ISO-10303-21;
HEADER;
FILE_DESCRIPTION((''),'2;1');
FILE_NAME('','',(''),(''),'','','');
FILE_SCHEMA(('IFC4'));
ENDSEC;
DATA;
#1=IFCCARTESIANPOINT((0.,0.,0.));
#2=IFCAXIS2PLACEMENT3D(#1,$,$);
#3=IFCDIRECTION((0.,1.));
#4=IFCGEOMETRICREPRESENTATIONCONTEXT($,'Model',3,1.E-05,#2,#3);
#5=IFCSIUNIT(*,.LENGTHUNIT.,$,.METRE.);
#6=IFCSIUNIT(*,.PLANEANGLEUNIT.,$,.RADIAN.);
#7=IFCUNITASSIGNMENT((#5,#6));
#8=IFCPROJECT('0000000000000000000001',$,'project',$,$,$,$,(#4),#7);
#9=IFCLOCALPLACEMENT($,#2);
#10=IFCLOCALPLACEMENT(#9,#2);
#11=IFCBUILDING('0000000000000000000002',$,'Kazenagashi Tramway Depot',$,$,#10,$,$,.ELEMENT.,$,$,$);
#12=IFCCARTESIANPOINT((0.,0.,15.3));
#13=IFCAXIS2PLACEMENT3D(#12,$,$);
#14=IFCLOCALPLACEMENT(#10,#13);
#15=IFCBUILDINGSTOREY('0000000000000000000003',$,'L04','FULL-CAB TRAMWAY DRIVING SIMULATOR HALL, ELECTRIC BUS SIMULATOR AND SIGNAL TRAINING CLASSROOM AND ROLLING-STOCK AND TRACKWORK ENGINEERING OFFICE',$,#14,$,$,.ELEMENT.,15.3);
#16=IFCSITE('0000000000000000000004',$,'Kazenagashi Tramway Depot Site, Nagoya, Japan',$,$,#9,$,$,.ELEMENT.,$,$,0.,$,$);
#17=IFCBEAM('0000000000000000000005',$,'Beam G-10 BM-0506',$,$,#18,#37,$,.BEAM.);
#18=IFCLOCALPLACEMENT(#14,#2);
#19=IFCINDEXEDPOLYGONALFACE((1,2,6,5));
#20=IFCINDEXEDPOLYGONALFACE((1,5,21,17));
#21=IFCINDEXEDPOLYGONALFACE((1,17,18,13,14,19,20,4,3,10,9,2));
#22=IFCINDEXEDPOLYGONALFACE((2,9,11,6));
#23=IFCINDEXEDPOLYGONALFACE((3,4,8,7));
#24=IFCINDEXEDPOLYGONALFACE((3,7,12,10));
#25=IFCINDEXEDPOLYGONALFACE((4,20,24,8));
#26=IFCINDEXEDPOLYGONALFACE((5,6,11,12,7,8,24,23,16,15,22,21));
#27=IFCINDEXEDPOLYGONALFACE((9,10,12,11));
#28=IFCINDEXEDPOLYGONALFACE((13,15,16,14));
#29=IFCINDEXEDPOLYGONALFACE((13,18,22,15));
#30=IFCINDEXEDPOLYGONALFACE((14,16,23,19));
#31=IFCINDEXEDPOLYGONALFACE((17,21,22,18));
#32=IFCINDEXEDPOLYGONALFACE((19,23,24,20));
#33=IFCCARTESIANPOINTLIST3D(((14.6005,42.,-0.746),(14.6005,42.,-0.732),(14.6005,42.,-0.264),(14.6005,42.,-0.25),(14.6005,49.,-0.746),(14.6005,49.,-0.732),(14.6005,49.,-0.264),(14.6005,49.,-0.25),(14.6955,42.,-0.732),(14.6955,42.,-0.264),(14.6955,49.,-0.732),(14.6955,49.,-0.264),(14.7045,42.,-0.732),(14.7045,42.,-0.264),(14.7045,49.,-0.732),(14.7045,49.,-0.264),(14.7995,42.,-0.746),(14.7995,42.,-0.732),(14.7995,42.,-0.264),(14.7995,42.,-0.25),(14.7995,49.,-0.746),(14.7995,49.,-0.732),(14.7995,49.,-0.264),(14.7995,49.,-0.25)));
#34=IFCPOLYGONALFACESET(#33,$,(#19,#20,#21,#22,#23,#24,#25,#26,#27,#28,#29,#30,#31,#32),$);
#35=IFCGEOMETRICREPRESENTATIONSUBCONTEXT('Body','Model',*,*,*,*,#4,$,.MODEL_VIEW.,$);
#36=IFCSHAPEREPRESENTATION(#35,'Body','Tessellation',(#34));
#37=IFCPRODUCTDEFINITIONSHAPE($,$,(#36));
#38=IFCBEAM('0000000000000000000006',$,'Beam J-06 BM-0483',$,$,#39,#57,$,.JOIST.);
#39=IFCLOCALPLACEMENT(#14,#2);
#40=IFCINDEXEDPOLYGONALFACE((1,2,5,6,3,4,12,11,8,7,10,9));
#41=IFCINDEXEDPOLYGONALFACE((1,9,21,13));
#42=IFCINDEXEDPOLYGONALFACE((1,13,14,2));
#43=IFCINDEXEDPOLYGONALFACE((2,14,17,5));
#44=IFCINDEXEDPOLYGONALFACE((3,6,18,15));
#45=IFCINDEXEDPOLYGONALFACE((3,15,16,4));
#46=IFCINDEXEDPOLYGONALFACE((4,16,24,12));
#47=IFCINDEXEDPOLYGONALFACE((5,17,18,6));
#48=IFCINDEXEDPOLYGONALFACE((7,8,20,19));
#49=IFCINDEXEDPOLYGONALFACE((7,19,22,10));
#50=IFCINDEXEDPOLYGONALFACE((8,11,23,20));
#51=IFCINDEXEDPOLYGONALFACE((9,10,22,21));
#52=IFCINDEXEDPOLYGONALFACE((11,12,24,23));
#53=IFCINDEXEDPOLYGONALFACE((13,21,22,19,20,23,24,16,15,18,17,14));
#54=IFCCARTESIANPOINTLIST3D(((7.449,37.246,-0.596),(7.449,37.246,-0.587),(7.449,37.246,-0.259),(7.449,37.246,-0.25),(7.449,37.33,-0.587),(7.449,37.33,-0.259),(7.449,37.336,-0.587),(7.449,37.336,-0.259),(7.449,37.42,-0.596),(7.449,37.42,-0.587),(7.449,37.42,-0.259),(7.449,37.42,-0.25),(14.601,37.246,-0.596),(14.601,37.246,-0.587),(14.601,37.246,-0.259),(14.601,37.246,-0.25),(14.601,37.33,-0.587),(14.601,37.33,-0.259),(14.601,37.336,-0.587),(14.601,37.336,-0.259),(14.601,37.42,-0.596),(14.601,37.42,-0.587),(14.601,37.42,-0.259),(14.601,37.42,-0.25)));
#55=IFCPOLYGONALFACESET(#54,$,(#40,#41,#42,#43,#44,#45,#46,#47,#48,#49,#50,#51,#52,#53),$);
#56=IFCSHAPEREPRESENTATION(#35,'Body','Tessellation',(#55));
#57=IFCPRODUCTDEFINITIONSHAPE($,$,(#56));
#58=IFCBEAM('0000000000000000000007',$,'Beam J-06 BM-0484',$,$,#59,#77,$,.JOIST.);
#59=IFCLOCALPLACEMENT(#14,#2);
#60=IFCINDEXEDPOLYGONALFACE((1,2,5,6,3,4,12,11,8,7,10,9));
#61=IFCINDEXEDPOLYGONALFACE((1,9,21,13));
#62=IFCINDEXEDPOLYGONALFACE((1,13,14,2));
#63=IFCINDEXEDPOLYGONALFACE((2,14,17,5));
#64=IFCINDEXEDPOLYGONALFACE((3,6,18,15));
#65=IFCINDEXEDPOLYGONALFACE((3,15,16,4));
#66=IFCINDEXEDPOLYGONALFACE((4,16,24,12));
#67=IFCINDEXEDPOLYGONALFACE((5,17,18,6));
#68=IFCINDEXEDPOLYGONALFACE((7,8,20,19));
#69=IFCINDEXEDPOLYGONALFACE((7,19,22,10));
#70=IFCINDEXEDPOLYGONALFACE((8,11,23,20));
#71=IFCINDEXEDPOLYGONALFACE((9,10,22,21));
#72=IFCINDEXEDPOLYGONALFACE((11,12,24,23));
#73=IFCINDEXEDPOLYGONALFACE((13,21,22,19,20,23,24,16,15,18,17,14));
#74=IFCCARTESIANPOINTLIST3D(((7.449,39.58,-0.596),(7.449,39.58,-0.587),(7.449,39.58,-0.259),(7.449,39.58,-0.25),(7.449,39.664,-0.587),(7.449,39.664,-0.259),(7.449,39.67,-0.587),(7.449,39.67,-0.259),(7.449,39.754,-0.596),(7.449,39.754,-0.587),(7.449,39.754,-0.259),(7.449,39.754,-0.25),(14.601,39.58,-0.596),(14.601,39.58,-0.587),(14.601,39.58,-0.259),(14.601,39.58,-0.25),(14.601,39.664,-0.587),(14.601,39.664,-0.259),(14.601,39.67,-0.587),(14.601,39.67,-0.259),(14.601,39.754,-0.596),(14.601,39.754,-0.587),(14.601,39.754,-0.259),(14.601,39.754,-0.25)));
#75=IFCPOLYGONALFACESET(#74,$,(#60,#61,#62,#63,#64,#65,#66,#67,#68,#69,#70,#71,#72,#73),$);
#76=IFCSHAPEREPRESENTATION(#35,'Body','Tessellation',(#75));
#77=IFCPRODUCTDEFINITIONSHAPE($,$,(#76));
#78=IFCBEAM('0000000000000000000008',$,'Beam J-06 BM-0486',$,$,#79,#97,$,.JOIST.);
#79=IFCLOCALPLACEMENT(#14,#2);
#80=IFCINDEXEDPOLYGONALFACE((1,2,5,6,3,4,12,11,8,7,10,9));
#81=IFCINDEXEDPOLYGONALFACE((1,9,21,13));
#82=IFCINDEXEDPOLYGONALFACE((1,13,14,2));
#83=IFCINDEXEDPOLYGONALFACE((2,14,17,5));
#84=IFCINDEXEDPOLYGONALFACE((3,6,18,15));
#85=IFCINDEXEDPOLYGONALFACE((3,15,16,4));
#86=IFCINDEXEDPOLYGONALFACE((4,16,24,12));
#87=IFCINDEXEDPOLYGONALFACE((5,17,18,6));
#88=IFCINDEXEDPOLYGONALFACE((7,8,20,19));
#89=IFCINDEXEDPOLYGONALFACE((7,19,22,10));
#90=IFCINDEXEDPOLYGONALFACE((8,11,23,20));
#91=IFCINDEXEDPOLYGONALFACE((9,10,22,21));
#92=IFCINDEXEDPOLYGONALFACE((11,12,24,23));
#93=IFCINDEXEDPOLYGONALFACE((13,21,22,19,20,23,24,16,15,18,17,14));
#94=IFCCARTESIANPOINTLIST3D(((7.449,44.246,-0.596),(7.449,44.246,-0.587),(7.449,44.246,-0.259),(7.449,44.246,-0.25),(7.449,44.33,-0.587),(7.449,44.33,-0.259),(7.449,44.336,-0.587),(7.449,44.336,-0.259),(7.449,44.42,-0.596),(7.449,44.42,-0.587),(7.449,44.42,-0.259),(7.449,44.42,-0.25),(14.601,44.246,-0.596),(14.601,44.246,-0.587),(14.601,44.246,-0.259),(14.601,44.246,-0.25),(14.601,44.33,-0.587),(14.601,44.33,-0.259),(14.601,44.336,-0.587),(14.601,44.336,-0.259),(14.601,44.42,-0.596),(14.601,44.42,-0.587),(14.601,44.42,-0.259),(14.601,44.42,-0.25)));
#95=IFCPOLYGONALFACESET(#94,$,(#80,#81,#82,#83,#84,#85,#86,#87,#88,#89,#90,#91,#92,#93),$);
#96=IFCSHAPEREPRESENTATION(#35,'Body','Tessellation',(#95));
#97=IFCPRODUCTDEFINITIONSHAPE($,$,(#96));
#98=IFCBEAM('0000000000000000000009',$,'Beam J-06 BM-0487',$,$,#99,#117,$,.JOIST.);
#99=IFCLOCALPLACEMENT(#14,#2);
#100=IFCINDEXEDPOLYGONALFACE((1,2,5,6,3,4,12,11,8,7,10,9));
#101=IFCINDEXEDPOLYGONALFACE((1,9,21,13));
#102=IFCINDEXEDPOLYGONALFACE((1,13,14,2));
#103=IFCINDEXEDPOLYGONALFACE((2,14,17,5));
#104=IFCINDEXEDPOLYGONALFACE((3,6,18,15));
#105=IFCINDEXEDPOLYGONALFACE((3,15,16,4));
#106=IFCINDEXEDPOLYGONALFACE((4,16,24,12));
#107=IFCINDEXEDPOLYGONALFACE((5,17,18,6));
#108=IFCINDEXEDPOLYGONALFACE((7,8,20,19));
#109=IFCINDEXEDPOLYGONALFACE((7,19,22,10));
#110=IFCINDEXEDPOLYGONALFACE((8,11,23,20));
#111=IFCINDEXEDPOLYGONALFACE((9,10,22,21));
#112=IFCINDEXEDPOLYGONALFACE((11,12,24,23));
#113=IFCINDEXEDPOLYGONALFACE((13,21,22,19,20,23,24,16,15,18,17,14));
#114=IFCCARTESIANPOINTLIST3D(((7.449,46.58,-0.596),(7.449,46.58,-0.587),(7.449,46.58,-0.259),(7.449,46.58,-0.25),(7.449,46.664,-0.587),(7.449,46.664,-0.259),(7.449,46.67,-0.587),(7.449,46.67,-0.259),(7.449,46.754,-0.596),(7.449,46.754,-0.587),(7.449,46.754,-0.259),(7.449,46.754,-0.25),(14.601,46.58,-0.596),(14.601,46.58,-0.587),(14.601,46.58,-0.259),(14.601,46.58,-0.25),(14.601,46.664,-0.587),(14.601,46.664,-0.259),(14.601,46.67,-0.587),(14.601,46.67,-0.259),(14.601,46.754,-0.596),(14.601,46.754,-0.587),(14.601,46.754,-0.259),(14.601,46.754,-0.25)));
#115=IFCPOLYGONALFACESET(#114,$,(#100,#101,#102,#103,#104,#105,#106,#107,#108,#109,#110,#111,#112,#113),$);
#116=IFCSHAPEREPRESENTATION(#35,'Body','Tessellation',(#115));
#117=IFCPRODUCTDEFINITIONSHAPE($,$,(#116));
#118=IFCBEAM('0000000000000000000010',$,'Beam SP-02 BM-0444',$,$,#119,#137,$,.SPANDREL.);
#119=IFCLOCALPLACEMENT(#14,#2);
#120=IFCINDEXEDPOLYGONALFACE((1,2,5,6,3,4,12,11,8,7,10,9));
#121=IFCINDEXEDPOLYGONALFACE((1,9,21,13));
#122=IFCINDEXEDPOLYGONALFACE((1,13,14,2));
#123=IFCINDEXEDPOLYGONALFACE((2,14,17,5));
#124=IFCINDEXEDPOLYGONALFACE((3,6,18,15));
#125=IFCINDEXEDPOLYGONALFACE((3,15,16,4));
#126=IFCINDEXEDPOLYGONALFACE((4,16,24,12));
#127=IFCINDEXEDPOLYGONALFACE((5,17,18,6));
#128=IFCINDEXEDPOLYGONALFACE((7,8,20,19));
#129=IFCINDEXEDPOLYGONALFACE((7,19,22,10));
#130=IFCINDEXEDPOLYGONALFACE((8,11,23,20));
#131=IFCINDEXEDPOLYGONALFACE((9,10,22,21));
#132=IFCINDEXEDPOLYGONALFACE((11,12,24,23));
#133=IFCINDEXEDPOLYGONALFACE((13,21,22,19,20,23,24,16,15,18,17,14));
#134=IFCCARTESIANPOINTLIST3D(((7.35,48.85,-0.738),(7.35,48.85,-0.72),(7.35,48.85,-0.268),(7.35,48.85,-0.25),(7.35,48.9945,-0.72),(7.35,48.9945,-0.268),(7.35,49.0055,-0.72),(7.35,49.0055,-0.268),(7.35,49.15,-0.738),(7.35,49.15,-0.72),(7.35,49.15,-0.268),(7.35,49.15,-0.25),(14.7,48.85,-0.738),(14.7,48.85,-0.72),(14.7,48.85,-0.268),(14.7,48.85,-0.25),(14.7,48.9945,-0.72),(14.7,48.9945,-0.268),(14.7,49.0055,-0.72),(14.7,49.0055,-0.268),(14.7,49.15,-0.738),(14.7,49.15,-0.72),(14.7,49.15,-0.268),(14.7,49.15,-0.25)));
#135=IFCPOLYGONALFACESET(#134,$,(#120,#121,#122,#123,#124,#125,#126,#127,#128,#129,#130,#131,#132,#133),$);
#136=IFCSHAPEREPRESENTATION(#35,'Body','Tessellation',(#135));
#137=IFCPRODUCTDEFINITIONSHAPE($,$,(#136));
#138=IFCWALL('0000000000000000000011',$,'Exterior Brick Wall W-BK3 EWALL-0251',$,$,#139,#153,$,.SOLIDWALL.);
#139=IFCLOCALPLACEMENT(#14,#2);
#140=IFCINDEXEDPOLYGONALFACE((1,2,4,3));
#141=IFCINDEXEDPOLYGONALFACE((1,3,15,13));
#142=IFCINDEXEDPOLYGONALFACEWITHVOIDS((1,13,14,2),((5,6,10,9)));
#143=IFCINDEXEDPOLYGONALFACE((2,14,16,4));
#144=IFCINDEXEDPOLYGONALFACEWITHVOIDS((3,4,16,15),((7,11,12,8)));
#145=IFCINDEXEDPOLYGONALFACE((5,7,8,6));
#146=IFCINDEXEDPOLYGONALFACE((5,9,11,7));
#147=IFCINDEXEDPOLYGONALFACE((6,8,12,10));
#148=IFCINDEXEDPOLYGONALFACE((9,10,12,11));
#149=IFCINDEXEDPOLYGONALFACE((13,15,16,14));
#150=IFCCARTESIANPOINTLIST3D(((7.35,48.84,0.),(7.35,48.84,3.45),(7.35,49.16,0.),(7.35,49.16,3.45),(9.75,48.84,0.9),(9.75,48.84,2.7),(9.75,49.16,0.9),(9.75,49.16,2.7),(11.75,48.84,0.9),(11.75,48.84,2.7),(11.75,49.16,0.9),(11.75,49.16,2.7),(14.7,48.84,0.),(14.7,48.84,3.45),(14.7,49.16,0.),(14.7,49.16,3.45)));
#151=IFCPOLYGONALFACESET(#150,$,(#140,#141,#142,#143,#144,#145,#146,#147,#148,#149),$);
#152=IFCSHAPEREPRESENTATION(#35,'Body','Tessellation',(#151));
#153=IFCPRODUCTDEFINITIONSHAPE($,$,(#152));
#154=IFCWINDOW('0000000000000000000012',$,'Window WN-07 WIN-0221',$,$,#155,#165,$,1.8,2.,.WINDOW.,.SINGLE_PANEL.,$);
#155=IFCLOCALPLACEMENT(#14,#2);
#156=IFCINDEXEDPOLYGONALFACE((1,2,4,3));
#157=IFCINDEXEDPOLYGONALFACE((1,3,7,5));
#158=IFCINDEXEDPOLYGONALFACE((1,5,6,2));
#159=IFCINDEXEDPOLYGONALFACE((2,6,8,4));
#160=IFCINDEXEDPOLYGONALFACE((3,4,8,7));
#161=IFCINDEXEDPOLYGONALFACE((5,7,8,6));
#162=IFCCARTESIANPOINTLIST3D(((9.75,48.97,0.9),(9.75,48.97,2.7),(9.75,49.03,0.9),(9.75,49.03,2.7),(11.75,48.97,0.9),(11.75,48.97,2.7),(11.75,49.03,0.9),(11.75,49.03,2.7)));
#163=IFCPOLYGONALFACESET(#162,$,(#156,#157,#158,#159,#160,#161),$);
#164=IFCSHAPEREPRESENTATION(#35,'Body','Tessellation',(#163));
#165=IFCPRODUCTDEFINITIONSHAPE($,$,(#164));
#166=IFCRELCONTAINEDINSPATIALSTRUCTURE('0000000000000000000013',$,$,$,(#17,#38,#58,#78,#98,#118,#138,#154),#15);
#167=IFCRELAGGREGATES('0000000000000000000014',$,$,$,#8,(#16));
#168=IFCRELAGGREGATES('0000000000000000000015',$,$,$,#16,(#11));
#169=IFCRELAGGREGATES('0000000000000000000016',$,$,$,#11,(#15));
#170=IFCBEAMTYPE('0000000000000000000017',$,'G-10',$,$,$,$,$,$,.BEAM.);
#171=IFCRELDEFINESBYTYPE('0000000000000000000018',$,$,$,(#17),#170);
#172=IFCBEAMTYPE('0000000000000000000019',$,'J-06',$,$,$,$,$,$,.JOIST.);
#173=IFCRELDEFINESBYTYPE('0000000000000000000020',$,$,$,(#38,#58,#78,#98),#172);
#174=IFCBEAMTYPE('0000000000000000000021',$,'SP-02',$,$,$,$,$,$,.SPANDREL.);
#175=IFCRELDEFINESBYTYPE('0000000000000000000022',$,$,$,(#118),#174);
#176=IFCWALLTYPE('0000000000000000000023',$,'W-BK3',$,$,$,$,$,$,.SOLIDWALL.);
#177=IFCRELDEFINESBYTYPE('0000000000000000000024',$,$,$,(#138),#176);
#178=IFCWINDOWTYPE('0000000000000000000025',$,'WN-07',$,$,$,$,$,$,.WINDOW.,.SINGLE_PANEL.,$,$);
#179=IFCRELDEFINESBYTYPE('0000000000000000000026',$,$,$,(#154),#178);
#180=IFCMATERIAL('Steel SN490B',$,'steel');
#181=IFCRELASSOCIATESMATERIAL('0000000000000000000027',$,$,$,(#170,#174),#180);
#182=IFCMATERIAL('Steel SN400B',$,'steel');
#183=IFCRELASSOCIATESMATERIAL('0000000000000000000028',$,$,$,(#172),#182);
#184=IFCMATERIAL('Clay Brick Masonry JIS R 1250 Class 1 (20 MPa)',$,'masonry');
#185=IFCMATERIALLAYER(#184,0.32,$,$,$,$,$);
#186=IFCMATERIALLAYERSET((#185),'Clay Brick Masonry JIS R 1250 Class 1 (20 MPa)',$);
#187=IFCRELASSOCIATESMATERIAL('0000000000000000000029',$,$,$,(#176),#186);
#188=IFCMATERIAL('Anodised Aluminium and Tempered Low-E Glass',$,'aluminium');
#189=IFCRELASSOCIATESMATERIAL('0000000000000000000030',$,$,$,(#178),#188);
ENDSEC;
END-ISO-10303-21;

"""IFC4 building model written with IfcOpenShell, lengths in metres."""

from ifc_helpers import new_model, si_unit, direction, frame, frame_2d, origin, origin_2d, place, context, subcontext, project, spatial, rectangle, i_section, extrude, material, layer, layer_set, material_profile, profile_set, type_object, element, fill, save


model = new_model("IFC4")

# Units and contexts
model_context = context("Model", 3, precision=1e-05, world=origin(), true_north=direction((0.0, 1.0)))
body_context = subcontext(model_context, "Body", "Model", "MODEL_VIEW")
ifc_project = project(units=[si_unit("LENGTHUNIT", "METRE"), si_unit("PLANEANGLEUNIT", "RADIAN")], contexts=[model_context])

# Site, building, storey
site_placement = place(None, origin())
site = spatial("IfcSite", under=ifc_project, at=site_placement, Name="Kazenagashi Tramway Depot Site, Nagoya, Japan", CompositionType="ELEMENT", RefElevation=0.0)
building_placement = place(site_placement, origin())
building = spatial("IfcBuilding", under=site, at=building_placement, Name="Kazenagashi Tramway Depot", CompositionType="ELEMENT")
storey_placement = place(building_placement, frame((0.0, 0.0, 15.3)))
storey = spatial("IfcBuildingStorey", under=building, at=storey_placement, Name="L04", Description="FULL-CAB TRAMWAY DRIVING SIMULATOR HALL, ELECTRIC BUS SIMULATOR AND SIGNAL TRAINING CLASSROOM AND ROLLING-STOCK AND TRACKWORK ENGINEERING OFFICE", CompositionType="ELEMENT", Elevation=15.3)

# Shared definitions
ifc_material_1 = material(Name="Steel SN490B", Category="steel")

# Beams
ifc_material_profile_1 = material_profile(ifc_material_1, i_section(OverallWidth=0.199, OverallDepth=0.496, WebThickness=0.009, FlangeThickness=0.014, at=origin_2d()), Name="H-496x199x9x14")
ifc_profile_set_1 = profile_set([ifc_material_profile_1], Name="Steel SN490B")
beam_type_1 = type_object("IfcBeamType", Name="G-10", PredefinedType="BEAM", material=ifc_profile_set_1)
for number, where, z_axis, x_axis, name in (
    (1, (14.7, 42.0, -0.498), (0.0, 1.0, 0.0), (-1.0, 0.0, 0.0), "Beam G-10 BM-0506"),
):
    element("IfcBeam", number, at=place(storey_placement, frame(where, z_axis=z_axis, x_axis=x_axis)), inside=storey, type_object=beam_type_1, Name=name, PredefinedType="BEAM", context=body_context, shape_type="SweptSolid", body=[
        extrude(i_section(OverallWidth=0.199, OverallDepth=0.496, WebThickness=0.009, FlangeThickness=0.014, at=origin_2d()), origin(), (0.0, 0.0, 1.0), 7.0),
    ])
ifc_material_2 = material(Name="Steel SN400B", Category="steel")
ifc_material_profile_2 = material_profile(ifc_material_2, i_section(OverallWidth=0.174, OverallDepth=0.346, WebThickness=0.006, FlangeThickness=0.009, at=origin_2d()), Name="H-346x174x6x9")
ifc_profile_set_2 = profile_set([ifc_material_profile_2], Name="Steel SN400B")
beam_type_2 = type_object("IfcBeamType", Name="J-06", PredefinedType="JOIST", material=ifc_profile_set_2)
for number, where, z_axis, x_axis, name in (
    (2, (7.449, 37.333, -0.423), (1.0, 0.0, 0.0), (0.0, 1.0, 0.0), "Beam J-06 BM-0483"),
    (3, (7.449, 39.667, -0.423), (1.0, 0.0, 0.0), (0.0, 1.0, 0.0), "Beam J-06 BM-0484"),
    (4, (7.449, 44.333, -0.423), (1.0, 0.0, 0.0), (0.0, 1.0, 0.0), "Beam J-06 BM-0486"),
    (5, (7.449, 46.667, -0.423), (1.0, 0.0, 0.0), (0.0, 1.0, 0.0), "Beam J-06 BM-0487"),
):
    element("IfcBeam", number, at=place(storey_placement, frame(where, z_axis=z_axis, x_axis=x_axis)), inside=storey, type_object=beam_type_2, Name=name, PredefinedType="JOIST", context=body_context, shape_type="SweptSolid", body=[
        extrude(i_section(OverallWidth=0.174, OverallDepth=0.346, WebThickness=0.006, FlangeThickness=0.009, at=origin_2d()), origin(), (0.0, 0.0, 1.0), 7.152),
    ])
ifc_material_profile_3 = material_profile(ifc_material_1, i_section(OverallWidth=0.3, OverallDepth=0.488, WebThickness=0.011, FlangeThickness=0.018, at=origin_2d()), Name="H-488x300x11x18")
ifc_profile_set_3 = profile_set([ifc_material_profile_3], Name="Steel SN490B")
beam_type_3 = type_object("IfcBeamType", Name="SP-02", PredefinedType="SPANDREL", material=ifc_profile_set_3)
beam_placement = place(storey_placement, frame((7.35, 49.0, -0.494), z_axis=(1.0, 0.0, 0.0), x_axis=(0.0, 1.0, 0.0)))
element("IfcBeam", 6, at=beam_placement, inside=storey, type_object=beam_type_3, Name="Beam SP-02 BM-0444", PredefinedType="SPANDREL", context=body_context, shape_type="SweptSolid", body=[
    extrude(i_section(OverallWidth=0.3, OverallDepth=0.488, WebThickness=0.011, FlangeThickness=0.018, at=origin_2d()), origin(), (0.0, 0.0, 1.0), 7.35),
])

# Wall, opening, window
ifc_material_3 = material(Name="Clay Brick Masonry JIS R 1250 Class 1 (20 MPa)", Category="masonry")
ifc_layer = layer(ifc_material_3, 0.32)
ifc_layer_set = layer_set([ifc_layer], Name="Clay Brick Masonry JIS R 1250 Class 1 (20 MPa)")
wall_type = type_object("IfcWallType", Name="W-BK3", PredefinedType="SOLIDWALL", material=ifc_layer_set)
wall_placement = place(storey_placement, frame((7.35, 49.0, 0.0), z_axis=(0.0, 0.0, 1.0), x_axis=(1.0, 0.0, 0.0)))
wall = element("IfcWall", 7, at=wall_placement, inside=storey, type_object=wall_type, Name="Exterior Brick Wall W-BK3 EWALL-0251", PredefinedType="SOLIDWALL", context=body_context, shape_type="SweptSolid", body=[
    extrude(rectangle(XDim=7.35, YDim=0.32, at=frame_2d((3.675, 0.0))), origin(), (0.0, 0.0, 1.0), 3.45),
])
opening_placement = place(wall_placement, frame((2.4, 0.0, 0.9)))
opening = element("IfcOpeningElement", 8, at=opening_placement, cuts=wall, PredefinedType="OPENING", context=body_context, shape_type="SweptSolid", body=[
    extrude(rectangle(XDim=2.0, YDim=1.8, at=frame_2d((1.0, 0.9))), frame((0.0, 0.17, 0.0), z_axis=(0.0, -1.0, 0.0), x_axis=(1.0, 0.0, 0.0)), (0.0, 0.0, 1.0), 0.34),
])
ifc_material_4 = material(Name="Anodised Aluminium and Tempered Low-E Glass", Category="aluminium")
window_type = type_object("IfcWindowType", Name="WN-07", PartitioningType="SINGLE_PANEL", PredefinedType="WINDOW", material=ifc_material_4)
window_placement = place(opening_placement, origin())
window = element("IfcWindow", 9, at=window_placement, inside=storey, type_object=window_type, Name="Window WN-07 WIN-0221", OverallHeight=1.8, OverallWidth=2.0, PartitioningType="SINGLE_PANEL", PredefinedType="WINDOW", context=body_context, shape_type="SweptSolid", body=[
    extrude(rectangle(XDim=2.0, YDim=1.8, at=frame_2d((1.0, 0.9))), frame((0.0, 0.03, 0.0), z_axis=(0.0, -1.0, 0.0), x_axis=(1.0, 0.0, 0.0)), (0.0, 0.0, 1.0), 0.06),
])
fill(opening, window)

save(model, "model.ifc")
